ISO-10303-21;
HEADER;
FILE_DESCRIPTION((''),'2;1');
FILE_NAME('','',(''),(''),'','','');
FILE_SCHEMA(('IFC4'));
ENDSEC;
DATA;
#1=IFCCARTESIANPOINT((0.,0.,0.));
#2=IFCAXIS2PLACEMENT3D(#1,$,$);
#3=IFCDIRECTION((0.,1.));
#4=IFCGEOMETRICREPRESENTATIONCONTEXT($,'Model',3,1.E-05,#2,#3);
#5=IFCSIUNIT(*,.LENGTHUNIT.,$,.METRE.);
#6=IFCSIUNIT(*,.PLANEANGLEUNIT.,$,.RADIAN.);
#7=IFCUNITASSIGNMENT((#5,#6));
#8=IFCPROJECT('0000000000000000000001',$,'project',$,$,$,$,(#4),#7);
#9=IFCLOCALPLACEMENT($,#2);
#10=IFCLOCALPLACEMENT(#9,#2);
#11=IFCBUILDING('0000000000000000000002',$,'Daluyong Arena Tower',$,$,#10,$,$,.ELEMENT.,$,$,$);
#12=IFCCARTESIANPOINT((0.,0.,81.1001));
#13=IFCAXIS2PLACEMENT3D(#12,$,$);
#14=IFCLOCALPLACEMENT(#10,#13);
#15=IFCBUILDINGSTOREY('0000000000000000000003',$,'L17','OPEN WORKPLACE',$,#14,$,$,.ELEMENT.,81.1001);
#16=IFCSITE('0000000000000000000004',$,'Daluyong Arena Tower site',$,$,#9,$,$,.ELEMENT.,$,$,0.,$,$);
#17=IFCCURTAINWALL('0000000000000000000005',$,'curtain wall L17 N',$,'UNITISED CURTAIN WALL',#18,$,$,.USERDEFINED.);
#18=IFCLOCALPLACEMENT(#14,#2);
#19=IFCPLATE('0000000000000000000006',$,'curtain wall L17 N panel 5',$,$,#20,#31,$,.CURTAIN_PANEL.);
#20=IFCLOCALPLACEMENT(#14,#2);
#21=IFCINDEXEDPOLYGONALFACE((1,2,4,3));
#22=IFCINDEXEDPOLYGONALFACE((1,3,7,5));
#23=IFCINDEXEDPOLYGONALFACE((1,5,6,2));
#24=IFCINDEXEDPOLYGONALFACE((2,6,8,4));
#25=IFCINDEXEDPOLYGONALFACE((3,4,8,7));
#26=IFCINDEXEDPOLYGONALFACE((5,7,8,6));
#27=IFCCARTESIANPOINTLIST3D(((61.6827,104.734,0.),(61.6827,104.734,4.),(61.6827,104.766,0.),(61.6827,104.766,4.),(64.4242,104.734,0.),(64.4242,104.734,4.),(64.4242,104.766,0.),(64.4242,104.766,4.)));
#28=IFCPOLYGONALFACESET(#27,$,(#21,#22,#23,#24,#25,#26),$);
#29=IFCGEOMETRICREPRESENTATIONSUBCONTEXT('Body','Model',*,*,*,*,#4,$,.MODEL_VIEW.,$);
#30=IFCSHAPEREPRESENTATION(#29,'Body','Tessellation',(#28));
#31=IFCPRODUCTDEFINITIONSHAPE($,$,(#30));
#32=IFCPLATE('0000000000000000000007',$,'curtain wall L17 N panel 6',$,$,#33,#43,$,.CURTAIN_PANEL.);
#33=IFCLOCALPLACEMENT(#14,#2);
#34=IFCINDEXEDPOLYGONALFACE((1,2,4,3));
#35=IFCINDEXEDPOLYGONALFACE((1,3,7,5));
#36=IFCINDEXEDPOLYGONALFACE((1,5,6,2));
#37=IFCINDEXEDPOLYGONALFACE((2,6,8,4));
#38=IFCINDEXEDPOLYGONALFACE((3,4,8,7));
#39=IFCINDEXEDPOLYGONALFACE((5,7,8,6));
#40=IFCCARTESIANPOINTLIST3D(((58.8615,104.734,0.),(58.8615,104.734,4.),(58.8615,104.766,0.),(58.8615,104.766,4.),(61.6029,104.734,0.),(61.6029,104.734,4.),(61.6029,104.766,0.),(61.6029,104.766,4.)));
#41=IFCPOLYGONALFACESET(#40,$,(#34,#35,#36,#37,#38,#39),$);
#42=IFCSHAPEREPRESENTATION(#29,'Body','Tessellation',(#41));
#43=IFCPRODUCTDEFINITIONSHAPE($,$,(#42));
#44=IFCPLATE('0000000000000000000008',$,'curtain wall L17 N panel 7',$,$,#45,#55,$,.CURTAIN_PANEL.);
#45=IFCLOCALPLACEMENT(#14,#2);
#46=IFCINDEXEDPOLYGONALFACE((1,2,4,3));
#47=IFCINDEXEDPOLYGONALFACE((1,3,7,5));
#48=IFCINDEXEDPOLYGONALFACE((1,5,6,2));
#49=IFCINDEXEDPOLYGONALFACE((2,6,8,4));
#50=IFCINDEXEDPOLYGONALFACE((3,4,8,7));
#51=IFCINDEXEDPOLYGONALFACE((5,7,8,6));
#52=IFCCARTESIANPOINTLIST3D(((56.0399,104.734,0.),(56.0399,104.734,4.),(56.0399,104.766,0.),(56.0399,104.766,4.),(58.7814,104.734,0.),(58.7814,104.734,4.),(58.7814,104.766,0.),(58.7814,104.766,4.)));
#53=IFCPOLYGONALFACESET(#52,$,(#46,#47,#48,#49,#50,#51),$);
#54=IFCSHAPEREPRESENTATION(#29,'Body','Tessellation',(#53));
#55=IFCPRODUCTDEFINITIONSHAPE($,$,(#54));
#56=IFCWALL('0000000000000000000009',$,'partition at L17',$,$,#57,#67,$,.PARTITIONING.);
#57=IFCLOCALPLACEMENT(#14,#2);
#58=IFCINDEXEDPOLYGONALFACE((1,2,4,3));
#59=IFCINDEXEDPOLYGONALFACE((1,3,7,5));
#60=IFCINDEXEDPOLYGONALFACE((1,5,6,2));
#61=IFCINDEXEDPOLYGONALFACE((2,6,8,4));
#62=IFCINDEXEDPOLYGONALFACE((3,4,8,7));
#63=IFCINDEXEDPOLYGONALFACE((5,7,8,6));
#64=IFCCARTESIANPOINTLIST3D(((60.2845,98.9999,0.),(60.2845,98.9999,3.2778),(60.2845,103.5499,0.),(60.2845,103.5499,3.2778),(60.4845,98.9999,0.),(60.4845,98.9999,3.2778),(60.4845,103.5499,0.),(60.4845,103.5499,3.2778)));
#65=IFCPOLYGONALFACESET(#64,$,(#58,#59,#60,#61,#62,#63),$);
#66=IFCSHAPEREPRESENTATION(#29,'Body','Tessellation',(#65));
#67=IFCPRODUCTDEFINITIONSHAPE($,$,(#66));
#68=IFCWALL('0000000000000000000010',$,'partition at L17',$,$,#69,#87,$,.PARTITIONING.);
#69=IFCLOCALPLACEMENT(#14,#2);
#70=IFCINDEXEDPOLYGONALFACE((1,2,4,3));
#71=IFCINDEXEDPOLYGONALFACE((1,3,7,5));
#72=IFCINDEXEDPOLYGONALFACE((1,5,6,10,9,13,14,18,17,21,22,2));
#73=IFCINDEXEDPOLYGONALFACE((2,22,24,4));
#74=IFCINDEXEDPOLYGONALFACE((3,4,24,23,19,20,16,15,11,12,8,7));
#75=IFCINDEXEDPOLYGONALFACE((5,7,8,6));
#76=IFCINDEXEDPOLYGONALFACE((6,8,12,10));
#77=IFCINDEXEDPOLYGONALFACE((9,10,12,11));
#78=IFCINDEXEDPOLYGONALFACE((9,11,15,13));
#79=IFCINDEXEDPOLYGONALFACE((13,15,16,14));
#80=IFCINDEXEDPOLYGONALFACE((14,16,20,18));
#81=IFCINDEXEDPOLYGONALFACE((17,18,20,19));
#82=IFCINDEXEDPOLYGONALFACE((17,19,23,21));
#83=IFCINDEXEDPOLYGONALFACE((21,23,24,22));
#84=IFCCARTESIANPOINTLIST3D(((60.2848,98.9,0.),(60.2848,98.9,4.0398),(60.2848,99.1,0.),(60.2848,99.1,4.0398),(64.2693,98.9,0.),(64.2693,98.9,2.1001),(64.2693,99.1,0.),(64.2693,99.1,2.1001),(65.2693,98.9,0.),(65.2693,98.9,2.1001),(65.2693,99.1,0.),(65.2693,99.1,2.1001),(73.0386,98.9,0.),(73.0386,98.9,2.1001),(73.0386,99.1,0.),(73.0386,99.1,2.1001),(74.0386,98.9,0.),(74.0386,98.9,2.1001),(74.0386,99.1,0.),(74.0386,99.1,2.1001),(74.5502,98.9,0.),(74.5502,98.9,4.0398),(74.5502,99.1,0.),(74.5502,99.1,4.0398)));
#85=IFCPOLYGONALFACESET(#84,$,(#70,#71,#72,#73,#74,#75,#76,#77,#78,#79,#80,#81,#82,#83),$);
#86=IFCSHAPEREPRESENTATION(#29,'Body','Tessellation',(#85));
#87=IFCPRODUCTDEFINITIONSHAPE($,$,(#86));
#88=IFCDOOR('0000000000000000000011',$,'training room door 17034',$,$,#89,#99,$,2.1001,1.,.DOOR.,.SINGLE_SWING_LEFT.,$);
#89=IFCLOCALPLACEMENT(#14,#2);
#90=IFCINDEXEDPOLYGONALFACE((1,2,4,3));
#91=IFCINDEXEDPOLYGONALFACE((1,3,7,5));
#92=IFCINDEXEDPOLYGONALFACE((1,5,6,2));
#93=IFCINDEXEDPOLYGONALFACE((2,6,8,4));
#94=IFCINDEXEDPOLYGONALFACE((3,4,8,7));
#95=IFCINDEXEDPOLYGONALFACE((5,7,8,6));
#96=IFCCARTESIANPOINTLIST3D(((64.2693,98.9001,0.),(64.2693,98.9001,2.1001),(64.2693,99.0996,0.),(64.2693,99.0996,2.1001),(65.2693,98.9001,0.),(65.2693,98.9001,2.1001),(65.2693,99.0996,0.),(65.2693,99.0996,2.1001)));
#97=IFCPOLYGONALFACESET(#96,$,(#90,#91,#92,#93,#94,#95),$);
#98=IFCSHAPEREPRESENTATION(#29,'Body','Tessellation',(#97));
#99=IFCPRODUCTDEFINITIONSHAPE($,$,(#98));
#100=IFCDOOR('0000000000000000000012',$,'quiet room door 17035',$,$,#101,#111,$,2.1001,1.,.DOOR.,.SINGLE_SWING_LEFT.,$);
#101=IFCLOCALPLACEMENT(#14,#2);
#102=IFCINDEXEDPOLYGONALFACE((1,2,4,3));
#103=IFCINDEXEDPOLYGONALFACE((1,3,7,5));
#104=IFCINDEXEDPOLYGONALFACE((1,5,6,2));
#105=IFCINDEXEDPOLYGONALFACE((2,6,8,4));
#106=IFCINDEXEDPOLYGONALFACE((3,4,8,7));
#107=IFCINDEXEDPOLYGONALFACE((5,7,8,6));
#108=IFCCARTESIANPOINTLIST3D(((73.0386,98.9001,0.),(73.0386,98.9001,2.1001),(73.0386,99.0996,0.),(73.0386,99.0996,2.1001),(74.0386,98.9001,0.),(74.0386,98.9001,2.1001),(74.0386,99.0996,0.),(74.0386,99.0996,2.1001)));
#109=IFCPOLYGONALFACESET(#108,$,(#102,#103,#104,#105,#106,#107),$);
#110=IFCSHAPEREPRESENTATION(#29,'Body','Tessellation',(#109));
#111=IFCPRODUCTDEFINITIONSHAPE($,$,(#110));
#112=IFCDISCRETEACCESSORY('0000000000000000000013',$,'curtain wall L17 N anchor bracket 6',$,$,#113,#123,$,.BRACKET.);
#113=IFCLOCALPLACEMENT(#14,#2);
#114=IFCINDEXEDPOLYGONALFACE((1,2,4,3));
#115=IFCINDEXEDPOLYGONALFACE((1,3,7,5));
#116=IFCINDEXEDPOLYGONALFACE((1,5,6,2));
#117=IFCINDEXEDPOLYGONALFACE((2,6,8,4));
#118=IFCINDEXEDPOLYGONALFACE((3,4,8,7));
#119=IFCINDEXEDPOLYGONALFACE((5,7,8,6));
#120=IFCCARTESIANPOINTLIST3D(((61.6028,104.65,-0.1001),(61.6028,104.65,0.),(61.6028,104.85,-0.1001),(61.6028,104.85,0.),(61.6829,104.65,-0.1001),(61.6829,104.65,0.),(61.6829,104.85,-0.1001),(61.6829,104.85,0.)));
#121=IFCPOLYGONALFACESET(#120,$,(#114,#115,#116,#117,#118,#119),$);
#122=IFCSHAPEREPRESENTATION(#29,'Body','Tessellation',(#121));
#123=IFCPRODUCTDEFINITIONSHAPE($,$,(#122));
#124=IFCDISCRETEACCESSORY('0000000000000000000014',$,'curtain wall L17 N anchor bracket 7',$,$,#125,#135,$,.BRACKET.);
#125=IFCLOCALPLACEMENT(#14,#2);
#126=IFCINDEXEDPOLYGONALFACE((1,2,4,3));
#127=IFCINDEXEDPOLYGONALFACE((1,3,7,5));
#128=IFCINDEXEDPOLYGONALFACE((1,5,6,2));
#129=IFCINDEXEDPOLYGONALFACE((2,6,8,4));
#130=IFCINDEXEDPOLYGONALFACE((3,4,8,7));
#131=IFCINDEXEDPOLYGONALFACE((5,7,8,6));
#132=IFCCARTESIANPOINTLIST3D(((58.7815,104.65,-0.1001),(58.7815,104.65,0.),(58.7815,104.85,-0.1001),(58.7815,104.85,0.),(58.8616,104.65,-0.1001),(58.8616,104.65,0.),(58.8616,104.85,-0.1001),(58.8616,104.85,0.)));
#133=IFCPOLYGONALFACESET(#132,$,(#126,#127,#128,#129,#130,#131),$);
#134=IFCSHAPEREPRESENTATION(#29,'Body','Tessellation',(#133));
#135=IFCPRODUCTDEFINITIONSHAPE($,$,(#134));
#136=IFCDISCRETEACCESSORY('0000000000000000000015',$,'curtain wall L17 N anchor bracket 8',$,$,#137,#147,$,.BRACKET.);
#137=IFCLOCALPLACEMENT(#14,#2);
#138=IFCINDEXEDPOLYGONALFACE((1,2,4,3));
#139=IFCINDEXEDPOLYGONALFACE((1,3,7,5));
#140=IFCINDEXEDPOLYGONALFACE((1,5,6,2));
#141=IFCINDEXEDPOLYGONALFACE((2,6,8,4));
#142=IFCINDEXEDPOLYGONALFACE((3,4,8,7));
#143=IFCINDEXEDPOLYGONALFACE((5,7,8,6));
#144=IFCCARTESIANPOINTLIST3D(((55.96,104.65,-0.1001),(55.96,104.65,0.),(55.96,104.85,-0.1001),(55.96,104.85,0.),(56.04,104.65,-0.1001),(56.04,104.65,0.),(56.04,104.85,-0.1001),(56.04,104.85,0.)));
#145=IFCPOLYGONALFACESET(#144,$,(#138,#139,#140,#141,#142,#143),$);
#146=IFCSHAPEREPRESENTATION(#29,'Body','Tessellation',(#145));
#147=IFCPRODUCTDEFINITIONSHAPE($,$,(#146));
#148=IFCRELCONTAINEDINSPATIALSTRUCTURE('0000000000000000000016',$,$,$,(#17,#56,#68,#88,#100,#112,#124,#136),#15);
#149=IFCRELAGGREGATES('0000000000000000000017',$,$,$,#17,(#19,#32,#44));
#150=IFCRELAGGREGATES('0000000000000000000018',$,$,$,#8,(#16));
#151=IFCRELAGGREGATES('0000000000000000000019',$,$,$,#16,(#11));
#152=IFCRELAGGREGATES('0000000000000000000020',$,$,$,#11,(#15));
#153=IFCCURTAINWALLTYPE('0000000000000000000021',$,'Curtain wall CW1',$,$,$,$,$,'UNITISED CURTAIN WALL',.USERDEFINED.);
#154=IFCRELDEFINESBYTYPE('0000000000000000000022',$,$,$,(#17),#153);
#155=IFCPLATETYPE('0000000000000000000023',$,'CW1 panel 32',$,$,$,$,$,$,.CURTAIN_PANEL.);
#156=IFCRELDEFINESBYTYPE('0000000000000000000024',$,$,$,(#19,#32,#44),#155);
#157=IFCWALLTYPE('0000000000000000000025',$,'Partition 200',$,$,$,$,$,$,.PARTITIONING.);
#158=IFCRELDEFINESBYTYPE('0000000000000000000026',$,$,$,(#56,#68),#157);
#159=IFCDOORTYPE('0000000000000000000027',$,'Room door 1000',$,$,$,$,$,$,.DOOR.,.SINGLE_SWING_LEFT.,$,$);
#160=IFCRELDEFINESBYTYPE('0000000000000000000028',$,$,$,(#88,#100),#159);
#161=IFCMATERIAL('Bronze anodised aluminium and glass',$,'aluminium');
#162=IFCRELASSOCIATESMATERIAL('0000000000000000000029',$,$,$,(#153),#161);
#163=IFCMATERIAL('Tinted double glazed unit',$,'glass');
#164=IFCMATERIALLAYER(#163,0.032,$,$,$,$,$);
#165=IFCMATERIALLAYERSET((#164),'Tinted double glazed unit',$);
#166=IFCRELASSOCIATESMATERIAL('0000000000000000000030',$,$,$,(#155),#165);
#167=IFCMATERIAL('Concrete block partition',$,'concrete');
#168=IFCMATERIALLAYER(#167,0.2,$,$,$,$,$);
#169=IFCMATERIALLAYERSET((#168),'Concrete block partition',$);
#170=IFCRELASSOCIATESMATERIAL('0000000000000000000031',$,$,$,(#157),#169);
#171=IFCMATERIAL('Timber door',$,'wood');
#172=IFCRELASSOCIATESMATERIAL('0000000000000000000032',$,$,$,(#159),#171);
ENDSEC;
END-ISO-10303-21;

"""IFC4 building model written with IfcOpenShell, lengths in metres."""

from ifc_helpers import new_model, si_unit, direction, frame, frame_2d, origin, origin_2d, place, context, subcontext, project, spatial, rectangle, extrude, material, layer, layer_set, type_object, element, fill, aggregate, save


model = new_model("IFC4")

# Units and contexts
model_context = context("Model", 3, precision=1e-05, world=origin(), true_north=direction((0.0, 1.0)))
body_context = subcontext(model_context, "Body", "Model", "MODEL_VIEW")
ifc_project = project(units=[si_unit("LENGTHUNIT", "METRE"), si_unit("PLANEANGLEUNIT", "RADIAN")], contexts=[model_context])

# Site, building, storey
site_placement = place(None, origin())
site = spatial("IfcSite", under=ifc_project, at=site_placement, Name="Daluyong Arena Tower site", CompositionType="ELEMENT", RefElevation=0.0)
building_placement = place(site_placement, origin())
building = spatial("IfcBuilding", under=site, at=building_placement, Name="Daluyong Arena Tower", CompositionType="ELEMENT")
storey_placement = place(building_placement, frame((0.0, 0.0, 81.1001)))
storey = spatial("IfcBuildingStorey", under=building, at=storey_placement, Name="L17", Description="OPEN WORKPLACE", CompositionType="ELEMENT", Elevation=81.1001)

# Curtain wall
ifc_material_1 = material(Name="Bronze anodised aluminium and glass", Category="aluminium")
curtain_wall_type = type_object("IfcCurtainWallType", Name="Curtain wall CW1", ElementType="UNITISED CURTAIN WALL", PredefinedType="USERDEFINED", material=ifc_material_1)
curtain_wall_placement = place(storey_placement, origin())
curtain_wall = element("IfcCurtainWall", 1, at=curtain_wall_placement, inside=storey, type_object=curtain_wall_type, Name="curtain wall L17 N", ObjectType="UNITISED CURTAIN WALL", PredefinedType="USERDEFINED")

# Plates
ifc_material_2 = material(Name="Tinted double glazed unit", Category="glass")
ifc_layer_1 = layer(ifc_material_2, 0.032)
ifc_layer_set_1 = layer_set([ifc_layer_1], Name="Tinted double glazed unit")
plate_type = type_object("IfcPlateType", Name="CW1 panel 32", PredefinedType="CURTAIN_PANEL", material=ifc_layer_set_1)
plate_1_placement = place(storey_placement, frame((63.0535, 104.75, 0.0), z_axis=(0.0, 0.0, 1.0), x_axis=(-1.0, 0.0, 0.0)))
plate_1 = element("IfcPlate", 2, at=plate_1_placement, type_object=plate_type, Name="curtain wall L17 N panel 5", PredefinedType="CURTAIN_PANEL", context=body_context, shape_type="SweptSolid", body=[
    extrude(rectangle(XDim=2.7415, YDim=0.032, at=origin_2d()), origin(), (0.0, 0.0, 1.0), 4.0),
])
plate_2_placement = place(storey_placement, frame((60.2322, 104.75, 0.0), z_axis=(0.0, 0.0, 1.0), x_axis=(-1.0, 0.0, 0.0)))
plate_2 = element("IfcPlate", 3, at=plate_2_placement, type_object=plate_type, Name="curtain wall L17 N panel 6", PredefinedType="CURTAIN_PANEL", context=body_context, shape_type="SweptSolid", body=[
    extrude(rectangle(XDim=2.7415, YDim=0.032, at=origin_2d()), origin(), (0.0, 0.0, 1.0), 4.0),
])
plate_3_placement = place(storey_placement, frame((57.4106, 104.75, 0.0), z_axis=(0.0, 0.0, 1.0), x_axis=(-1.0, 0.0, 0.0)))
plate_3 = element("IfcPlate", 4, at=plate_3_placement, type_object=plate_type, Name="curtain wall L17 N panel 7", PredefinedType="CURTAIN_PANEL", context=body_context, shape_type="SweptSolid", body=[
    extrude(rectangle(XDim=2.7415, YDim=0.032, at=origin_2d()), origin(), (0.0, 0.0, 1.0), 4.0),
])
aggregate(curtain_wall, [plate_1, plate_2, plate_3])

# Wall
ifc_material_3 = material(Name="Concrete block partition", Category="concrete")
ifc_layer_2 = layer(ifc_material_3, 0.2)
ifc_layer_set_2 = layer_set([ifc_layer_2], Name="Concrete block partition")
wall_type = type_object("IfcWallType", Name="Partition 200", PredefinedType="PARTITIONING", material=ifc_layer_set_2)
wall_1_placement = place(storey_placement, frame((60.3845, 99.0, 0.0), z_axis=(0.0, 0.0, 1.0), x_axis=(0.0, 1.0, 0.0)))
element("IfcWall", 5, at=wall_1_placement, inside=storey, type_object=wall_type, Name="partition at L17", PredefinedType="PARTITIONING", context=body_context, shape_type="SweptSolid", body=[
    extrude(rectangle(XDim=4.55, YDim=0.2, at=frame_2d((2.2749, 0.0))), origin(), (0.0, 0.0, 1.0), 3.2778),
])

# Wall, openings, doors
wall_2_placement = place(storey_placement, frame((60.2847, 99.0, 0.0), z_axis=(0.0, 0.0, 1.0), x_axis=(1.0, 0.0, 0.0)))
wall_2 = element("IfcWall", 6, at=wall_2_placement, inside=storey, type_object=wall_type, Name="partition at L17", PredefinedType="PARTITIONING", context=body_context, shape_type="SweptSolid", body=[
    extrude(rectangle(XDim=14.2654, YDim=0.2, at=frame_2d((7.1328, 0.0))), origin(), (0.0, 0.0, 1.0), 4.0398),
])
opening_1_placement = place(wall_2_placement, frame((3.9846, 0.0, 0.0)))
opening_1 = element("IfcOpeningElement", 7, at=opening_1_placement, cuts=wall_2, PredefinedType="OPENING", context=body_context, shape_type="SweptSolid", body=[
    extrude(rectangle(XDim=1.0, YDim=2.1001, at=frame_2d((0.5, 1.05))), frame((0.0, 0.1099, 0.0), z_axis=(0.0, -1.0, 0.0), x_axis=(1.0, 0.0, 0.0)), (0.0, 0.0, 1.0), 0.22),
])
opening_2_placement = place(wall_2_placement, frame((12.7539, 0.0, 0.0)))
opening_2 = element("IfcOpeningElement", 8, at=opening_2_placement, cuts=wall_2, PredefinedType="OPENING", context=body_context, shape_type="SweptSolid", body=[
    extrude(rectangle(XDim=1.0, YDim=2.1001, at=frame_2d((0.5, 1.05))), frame((0.0, 0.1099, 0.0), z_axis=(0.0, -1.0, 0.0), x_axis=(1.0, 0.0, 0.0)), (0.0, 0.0, 1.0), 0.22),
])
ifc_material_4 = material(Name="Timber door", Category="wood")
door_type = type_object("IfcDoorType", Name="Room door 1000", OperationType="SINGLE_SWING_LEFT", PredefinedType="DOOR", material=ifc_material_4)
door_1_placement = place(opening_1_placement, origin())
door_1 = element("IfcDoor", 9, at=door_1_placement, inside=storey, type_object=door_type, Name="training room door 17034", OperationType="SINGLE_SWING_LEFT", OverallHeight=2.1001, OverallWidth=1.0, PredefinedType="DOOR", context=body_context, shape_type="SweptSolid", body=[
    extrude(rectangle(XDim=1.0, YDim=2.1001, at=frame_2d((0.5, 1.05))), frame((0.0, 0.0996, 0.0), z_axis=(0.0, -1.0, 0.0), x_axis=(1.0, 0.0, 0.0)), (0.0, 0.0, 1.0), 0.1995),
])
fill(opening_1, door_1)
door_2_placement = place(opening_2_placement, origin())
door_2 = element("IfcDoor", 10, at=door_2_placement, inside=storey, type_object=door_type, Name="quiet room door 17035", OperationType="SINGLE_SWING_LEFT", OverallHeight=2.1001, OverallWidth=1.0, PredefinedType="DOOR", context=body_context, shape_type="SweptSolid", body=[
    extrude(rectangle(XDim=1.0, YDim=2.1001, at=frame_2d((0.5, 1.05))), frame((0.0, 0.0996, 0.0), z_axis=(0.0, -1.0, 0.0), x_axis=(1.0, 0.0, 0.0)), (0.0, 0.0, 1.0), 0.1995),
])
fill(opening_2, door_2)

# Discrete accessories
for number, where, z_axis, x_axis, name in (
    (11, (61.6428, 104.75, -0.1001), (0.0, 0.0, 1.0), (-1.0, 0.0, 0.0), "curtain wall L17 N anchor bracket 6"),
    (12, (58.8215, 104.75, -0.1001), (0.0, 0.0, 1.0), (-1.0, 0.0, 0.0), "curtain wall L17 N anchor bracket 7"),
    (13, (56.0, 104.75, -0.1001), (0.0, 0.0, 1.0), (-1.0, 0.0, 0.0), "curtain wall L17 N anchor bracket 8"),
):
    element("IfcDiscreteAccessory", number, at=place(storey_placement, frame(where, z_axis=z_axis, x_axis=x_axis)), inside=storey, Name=name, PredefinedType="BRACKET", context=body_context, shape_type="SweptSolid", body=[
        extrude(rectangle(XDim=0.0801, YDim=0.2, at=origin_2d()), origin(), (0.0, 0.0, 1.0), 0.1001),
    ])

save(model, "model.ifc")
